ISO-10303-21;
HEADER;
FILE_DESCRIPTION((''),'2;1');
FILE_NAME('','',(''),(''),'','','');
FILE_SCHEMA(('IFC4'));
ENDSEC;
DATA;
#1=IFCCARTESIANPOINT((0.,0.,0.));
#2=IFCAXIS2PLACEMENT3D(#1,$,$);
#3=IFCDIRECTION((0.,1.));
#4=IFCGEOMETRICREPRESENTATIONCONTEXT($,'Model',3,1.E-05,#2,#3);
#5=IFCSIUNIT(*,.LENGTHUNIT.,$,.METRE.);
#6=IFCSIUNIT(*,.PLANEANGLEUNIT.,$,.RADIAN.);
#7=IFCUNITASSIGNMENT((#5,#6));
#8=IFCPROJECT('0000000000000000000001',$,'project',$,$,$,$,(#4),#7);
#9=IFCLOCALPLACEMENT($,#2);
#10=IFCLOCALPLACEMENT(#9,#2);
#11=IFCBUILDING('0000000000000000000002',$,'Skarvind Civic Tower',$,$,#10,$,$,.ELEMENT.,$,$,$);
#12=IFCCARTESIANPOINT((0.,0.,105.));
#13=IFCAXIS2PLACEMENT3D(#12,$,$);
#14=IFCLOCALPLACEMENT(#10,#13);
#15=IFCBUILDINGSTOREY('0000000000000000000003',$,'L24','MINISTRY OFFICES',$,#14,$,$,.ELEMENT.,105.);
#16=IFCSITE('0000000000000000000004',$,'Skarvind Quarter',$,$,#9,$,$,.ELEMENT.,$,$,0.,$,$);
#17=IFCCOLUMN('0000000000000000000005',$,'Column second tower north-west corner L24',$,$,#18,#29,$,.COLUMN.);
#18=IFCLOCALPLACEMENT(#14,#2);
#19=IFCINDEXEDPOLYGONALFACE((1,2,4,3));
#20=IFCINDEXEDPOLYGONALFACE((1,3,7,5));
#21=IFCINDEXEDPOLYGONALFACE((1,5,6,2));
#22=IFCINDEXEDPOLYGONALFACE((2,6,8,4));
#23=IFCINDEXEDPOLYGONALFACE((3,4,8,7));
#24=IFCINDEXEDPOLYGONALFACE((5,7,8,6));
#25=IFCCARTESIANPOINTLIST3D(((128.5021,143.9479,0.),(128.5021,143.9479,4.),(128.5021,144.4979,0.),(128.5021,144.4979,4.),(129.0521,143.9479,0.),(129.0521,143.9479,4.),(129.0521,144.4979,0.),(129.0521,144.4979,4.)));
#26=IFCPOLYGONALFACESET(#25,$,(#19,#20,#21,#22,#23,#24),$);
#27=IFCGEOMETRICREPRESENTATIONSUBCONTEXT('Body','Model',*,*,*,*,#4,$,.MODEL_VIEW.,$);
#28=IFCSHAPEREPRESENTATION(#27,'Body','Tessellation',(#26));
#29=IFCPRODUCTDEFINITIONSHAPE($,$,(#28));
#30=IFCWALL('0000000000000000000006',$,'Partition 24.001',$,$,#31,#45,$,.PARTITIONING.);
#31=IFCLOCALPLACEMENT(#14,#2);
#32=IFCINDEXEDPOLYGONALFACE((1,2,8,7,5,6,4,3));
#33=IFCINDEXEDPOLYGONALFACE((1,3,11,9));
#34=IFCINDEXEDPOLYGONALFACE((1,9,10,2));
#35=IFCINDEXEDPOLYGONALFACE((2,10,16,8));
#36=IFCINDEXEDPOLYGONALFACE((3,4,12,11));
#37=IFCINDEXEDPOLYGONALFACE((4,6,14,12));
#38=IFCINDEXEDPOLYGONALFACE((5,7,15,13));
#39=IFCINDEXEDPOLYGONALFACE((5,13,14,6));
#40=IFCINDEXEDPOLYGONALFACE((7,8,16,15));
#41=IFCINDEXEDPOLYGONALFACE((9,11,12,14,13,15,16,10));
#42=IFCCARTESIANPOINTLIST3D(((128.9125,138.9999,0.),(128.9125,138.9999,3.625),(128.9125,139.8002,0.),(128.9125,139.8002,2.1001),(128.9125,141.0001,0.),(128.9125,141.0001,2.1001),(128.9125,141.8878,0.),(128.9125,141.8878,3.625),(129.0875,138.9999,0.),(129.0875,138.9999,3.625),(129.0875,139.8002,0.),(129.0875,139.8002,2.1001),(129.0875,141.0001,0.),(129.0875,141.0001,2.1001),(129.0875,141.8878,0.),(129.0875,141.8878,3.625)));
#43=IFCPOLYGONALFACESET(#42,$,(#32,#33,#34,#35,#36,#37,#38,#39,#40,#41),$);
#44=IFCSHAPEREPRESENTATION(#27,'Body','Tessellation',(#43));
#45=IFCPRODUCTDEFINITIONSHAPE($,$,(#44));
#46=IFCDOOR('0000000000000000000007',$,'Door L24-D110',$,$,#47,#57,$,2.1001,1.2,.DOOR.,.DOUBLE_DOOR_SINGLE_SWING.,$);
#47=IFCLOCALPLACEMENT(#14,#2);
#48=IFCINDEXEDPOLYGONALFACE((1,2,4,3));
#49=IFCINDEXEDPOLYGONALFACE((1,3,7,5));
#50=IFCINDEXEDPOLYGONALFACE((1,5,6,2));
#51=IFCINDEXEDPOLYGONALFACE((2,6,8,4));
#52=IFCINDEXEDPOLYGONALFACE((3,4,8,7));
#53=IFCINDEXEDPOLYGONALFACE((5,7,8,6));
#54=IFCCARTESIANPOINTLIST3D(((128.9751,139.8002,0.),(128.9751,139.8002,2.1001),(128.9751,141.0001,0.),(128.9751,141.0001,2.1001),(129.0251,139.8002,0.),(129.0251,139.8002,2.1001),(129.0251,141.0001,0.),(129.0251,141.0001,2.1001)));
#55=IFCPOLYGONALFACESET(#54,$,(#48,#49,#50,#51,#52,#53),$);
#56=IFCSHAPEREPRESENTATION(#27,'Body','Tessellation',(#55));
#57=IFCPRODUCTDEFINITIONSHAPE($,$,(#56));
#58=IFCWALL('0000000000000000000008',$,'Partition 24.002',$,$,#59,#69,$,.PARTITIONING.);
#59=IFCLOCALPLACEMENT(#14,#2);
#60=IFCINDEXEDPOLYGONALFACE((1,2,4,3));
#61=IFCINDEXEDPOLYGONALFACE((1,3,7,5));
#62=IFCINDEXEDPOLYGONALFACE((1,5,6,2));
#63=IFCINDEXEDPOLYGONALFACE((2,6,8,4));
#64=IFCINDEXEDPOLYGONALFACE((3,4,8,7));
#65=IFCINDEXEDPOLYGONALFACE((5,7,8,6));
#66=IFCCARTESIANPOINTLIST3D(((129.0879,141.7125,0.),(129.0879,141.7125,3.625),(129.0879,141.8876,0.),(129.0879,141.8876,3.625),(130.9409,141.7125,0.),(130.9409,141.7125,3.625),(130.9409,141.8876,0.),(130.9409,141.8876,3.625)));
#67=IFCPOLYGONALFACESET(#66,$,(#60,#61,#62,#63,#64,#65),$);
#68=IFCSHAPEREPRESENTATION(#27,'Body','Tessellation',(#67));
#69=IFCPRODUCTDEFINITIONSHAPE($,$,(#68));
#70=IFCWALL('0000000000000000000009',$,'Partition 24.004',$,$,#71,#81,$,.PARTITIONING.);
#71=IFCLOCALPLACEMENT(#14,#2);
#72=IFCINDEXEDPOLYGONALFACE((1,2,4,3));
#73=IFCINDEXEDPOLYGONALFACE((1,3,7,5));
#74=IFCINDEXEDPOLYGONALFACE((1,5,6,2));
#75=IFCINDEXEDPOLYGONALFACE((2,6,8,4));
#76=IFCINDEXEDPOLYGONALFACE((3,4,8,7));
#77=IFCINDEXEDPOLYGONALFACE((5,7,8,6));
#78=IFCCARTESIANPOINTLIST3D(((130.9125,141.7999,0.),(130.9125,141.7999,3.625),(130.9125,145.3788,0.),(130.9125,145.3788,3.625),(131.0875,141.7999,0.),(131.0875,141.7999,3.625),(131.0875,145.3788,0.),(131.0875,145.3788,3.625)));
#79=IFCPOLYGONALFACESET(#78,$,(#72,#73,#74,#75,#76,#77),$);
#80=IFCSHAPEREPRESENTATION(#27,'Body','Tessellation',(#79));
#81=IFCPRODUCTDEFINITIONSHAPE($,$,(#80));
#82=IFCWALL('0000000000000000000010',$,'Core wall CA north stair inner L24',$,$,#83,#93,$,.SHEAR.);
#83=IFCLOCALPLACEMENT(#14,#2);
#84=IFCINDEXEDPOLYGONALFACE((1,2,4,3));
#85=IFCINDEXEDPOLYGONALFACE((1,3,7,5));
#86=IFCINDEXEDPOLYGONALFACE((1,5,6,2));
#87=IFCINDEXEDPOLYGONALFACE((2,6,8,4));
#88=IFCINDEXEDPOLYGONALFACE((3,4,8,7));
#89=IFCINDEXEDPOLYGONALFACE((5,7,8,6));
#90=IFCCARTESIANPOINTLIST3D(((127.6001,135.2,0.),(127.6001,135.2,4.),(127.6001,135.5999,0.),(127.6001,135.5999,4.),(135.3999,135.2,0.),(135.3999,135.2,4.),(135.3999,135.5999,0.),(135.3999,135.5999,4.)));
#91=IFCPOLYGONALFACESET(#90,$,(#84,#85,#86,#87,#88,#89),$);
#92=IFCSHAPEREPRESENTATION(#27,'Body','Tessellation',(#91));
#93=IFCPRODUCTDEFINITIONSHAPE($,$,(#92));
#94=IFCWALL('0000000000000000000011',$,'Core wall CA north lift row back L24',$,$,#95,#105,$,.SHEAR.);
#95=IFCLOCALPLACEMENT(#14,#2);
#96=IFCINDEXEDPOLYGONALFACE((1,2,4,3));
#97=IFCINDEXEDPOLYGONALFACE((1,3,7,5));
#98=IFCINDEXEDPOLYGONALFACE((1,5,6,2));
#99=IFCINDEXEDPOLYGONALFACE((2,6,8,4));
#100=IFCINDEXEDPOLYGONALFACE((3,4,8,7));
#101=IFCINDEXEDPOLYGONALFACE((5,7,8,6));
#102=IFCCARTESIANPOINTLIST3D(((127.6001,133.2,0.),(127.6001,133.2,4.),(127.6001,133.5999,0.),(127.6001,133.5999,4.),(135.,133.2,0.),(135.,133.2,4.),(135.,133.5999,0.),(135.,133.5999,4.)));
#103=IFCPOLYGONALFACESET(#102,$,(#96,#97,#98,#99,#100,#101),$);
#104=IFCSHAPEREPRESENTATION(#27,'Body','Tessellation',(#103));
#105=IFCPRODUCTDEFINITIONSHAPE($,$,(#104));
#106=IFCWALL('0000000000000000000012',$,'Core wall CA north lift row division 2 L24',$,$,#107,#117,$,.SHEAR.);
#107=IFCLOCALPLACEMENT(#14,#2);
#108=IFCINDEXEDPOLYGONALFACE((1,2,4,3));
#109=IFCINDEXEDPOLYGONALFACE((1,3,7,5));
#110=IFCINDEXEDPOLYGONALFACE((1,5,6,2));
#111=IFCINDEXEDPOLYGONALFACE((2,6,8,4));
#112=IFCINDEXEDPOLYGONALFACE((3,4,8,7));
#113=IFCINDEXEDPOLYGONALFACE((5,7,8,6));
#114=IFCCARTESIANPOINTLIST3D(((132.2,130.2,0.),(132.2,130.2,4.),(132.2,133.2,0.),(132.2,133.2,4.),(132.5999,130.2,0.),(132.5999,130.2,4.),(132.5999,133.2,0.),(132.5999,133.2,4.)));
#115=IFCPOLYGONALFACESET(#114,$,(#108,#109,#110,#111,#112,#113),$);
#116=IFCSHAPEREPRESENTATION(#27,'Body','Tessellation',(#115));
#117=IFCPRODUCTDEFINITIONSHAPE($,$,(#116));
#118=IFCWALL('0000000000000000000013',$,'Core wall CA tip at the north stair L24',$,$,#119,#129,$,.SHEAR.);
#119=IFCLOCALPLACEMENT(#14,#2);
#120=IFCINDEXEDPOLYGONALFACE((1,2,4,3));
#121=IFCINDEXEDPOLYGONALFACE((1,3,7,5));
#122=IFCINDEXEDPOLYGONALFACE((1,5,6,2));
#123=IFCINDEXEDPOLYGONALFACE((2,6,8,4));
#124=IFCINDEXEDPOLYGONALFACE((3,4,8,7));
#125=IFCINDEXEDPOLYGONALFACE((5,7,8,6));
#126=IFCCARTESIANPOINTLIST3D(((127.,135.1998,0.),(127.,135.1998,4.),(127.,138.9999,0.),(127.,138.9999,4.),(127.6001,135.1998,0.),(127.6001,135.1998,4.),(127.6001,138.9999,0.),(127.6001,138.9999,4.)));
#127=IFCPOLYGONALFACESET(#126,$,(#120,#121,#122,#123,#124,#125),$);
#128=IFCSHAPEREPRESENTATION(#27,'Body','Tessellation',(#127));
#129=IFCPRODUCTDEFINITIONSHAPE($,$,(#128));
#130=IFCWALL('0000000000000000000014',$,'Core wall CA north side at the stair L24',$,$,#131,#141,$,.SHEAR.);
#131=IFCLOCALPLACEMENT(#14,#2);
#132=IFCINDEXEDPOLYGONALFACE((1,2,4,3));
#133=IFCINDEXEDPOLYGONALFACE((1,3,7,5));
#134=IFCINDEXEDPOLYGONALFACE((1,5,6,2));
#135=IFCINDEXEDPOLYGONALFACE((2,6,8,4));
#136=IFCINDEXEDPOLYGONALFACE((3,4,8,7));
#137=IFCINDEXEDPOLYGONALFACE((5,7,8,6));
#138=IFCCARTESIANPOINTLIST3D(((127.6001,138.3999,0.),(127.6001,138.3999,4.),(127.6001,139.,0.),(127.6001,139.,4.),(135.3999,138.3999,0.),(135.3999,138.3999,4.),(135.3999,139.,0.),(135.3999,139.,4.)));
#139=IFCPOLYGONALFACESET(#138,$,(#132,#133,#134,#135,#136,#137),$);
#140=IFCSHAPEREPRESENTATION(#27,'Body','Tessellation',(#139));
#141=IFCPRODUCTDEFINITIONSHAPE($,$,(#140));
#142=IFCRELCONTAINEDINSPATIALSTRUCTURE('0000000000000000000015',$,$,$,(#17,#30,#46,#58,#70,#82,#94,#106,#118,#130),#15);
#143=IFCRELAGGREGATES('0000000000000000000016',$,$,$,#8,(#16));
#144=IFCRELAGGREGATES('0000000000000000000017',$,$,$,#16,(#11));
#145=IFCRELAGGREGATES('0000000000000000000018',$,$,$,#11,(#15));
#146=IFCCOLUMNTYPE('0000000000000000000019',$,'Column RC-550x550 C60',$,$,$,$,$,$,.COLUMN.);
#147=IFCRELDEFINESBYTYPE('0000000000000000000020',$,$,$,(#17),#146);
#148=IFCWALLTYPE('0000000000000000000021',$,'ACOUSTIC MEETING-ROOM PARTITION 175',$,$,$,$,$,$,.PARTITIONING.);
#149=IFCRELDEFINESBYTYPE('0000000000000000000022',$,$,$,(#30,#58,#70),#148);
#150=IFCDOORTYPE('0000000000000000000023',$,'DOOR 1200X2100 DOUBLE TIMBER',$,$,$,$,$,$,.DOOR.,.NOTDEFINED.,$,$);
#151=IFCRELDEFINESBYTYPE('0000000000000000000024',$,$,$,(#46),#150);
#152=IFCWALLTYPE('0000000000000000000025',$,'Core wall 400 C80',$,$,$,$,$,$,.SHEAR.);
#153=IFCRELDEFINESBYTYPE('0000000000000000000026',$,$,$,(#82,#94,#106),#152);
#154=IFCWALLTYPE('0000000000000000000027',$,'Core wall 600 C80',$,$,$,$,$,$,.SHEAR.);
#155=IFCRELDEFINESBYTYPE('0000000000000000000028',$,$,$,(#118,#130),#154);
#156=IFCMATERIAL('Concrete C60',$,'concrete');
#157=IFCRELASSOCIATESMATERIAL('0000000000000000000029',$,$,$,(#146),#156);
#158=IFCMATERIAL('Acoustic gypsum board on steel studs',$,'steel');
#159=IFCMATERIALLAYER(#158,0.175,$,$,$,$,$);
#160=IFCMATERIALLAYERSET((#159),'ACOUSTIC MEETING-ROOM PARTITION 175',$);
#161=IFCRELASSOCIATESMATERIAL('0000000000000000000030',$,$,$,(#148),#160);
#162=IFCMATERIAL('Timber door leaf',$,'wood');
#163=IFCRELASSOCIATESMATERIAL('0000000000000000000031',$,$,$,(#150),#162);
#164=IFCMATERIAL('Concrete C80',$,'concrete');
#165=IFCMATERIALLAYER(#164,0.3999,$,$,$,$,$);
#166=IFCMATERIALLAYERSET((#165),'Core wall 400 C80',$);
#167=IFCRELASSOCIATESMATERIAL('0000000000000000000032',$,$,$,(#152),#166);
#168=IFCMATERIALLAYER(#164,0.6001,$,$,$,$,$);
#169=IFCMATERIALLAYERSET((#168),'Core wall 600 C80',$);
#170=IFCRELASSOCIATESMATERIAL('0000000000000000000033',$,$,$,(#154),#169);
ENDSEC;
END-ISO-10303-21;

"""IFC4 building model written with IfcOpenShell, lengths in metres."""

from ifc_helpers import new_model, si_unit, direction, frame, frame_2d, origin, origin_2d, place, context, subcontext, project, spatial, rectangle, extrude, material, layer, layer_set, material_profile, profile_set, type_object, element, fill, save


model = new_model("IFC4")

# Units and contexts
model_context = context("Model", 3, precision=1e-05, world=origin(), true_north=direction((0.0, 1.0)))
body_context = subcontext(model_context, "Body", "Model", "MODEL_VIEW")
ifc_project = project(units=[si_unit("LENGTHUNIT", "METRE"), si_unit("PLANEANGLEUNIT", "RADIAN")], contexts=[model_context])

# Site, building, storey
site_placement = place(None, origin())
site = spatial("IfcSite", under=ifc_project, at=site_placement, Name="Skarvind Quarter", CompositionType="ELEMENT", RefElevation=0.0)
building_placement = place(site_placement, origin())
building = spatial("IfcBuilding", under=site, at=building_placement, Name="Skarvind Civic Tower", CompositionType="ELEMENT")
storey_placement = place(building_placement, frame((0.0, 0.0, 105.0)))
storey = spatial("IfcBuildingStorey", under=building, at=storey_placement, Name="L24", Description="MINISTRY OFFICES", CompositionType="ELEMENT", Elevation=105.0)

# Column
ifc_material_1 = material(Name="Concrete C60", Category="concrete")
ifc_material_profile = material_profile(ifc_material_1, rectangle(XDim=0.55, YDim=0.55, at=origin_2d()), Name="RC-550x550")
ifc_profile_set = profile_set([ifc_material_profile], Name="Concrete C60")
column_type = type_object("IfcColumnType", Name="Column RC-550x550 C60", PredefinedType="COLUMN", material=ifc_profile_set)
column_placement = place(storey_placement, frame((128.7771, 144.2229, 0.0), z_axis=(0.0, 0.0, 1.0), x_axis=(1.0, 0.0, 0.0)))
element("IfcColumn", 1, at=column_placement, inside=storey, type_object=column_type, Name="Column second tower north-west corner L24", PredefinedType="COLUMN", context=body_context, shape_type="SweptSolid", body=[
    extrude(rectangle(XDim=0.55, YDim=0.55, at=origin_2d()), origin(), (0.0, 0.0, 1.0), 4.0),
])

# Wall, opening, door
ifc_material_2 = material(Name="Acoustic gypsum board on steel studs", Category="steel")
ifc_layer_1 = layer(ifc_material_2, 0.175)
ifc_layer_set_1 = layer_set([ifc_layer_1], Name="ACOUSTIC MEETING-ROOM PARTITION 175")
wall_type_1 = type_object("IfcWallType", Name="ACOUSTIC MEETING-ROOM PARTITION 175", PredefinedType="PARTITIONING", material=ifc_layer_set_1)
wall_1_placement = place(storey_placement, frame((129.0, 139.0, 0.0), z_axis=(0.0, 0.0, 1.0), x_axis=(0.0, 1.0, 0.0)))
wall_1 = element("IfcWall", 2, at=wall_1_placement, inside=storey, type_object=wall_type_1, Name="Partition 24.001", PredefinedType="PARTITIONING", context=body_context, shape_type="SweptSolid", body=[
    extrude(rectangle(XDim=2.8879, YDim=0.175, at=frame_2d((1.4438, 0.0))), origin(), (0.0, 0.0, 1.0), 3.625),
])
opening_1_placement = place(wall_1_placement, frame((0.8, 0.0, 0.0)))
opening_1 = element("IfcOpeningElement", 3, at=opening_1_placement, cuts=wall_1, PredefinedType="OPENING", context=body_context, shape_type="SweptSolid", body=[
    extrude(rectangle(XDim=1.2, YDim=2.1001, at=frame_2d((0.6001, 1.05))), frame((0.0, 0.0974, 0.0), z_axis=(0.0, -1.0, 0.0), x_axis=(1.0, 0.0, 0.0)), (0.0, 0.0, 1.0), 0.1951),
])
ifc_material_3 = material(Name="Timber door leaf", Category="wood")
door_type_1 = type_object("IfcDoorType", Name="DOOR 1200X2100 DOUBLE TIMBER", OperationType="NOTDEFINED", PredefinedType="DOOR", material=ifc_material_3)
door_1_placement = place(opening_1_placement, origin())
door_1 = element("IfcDoor", 4, at=door_1_placement, inside=storey, type_object=door_type_1, Name="Door L24-D110", OperationType="DOUBLE_DOOR_SINGLE_SWING", OverallHeight=2.1001, OverallWidth=1.2, PredefinedType="DOOR", context=body_context, shape_type="SweptSolid", body=[
    extrude(rectangle(XDim=1.2, YDim=2.1001, at=frame_2d((0.6001, 1.05))), frame((0.0, 0.0249, 0.0), z_axis=(0.0, -1.0, 0.0), x_axis=(1.0, 0.0, 0.0)), (0.0, 0.0, 1.0), 0.05),
])
fill(opening_1, door_1)

# Walls
wall_2_placement = place(storey_placement, frame((129.0879, 141.8, 0.0), z_axis=(0.0, 0.0, 1.0), x_axis=(1.0, 0.0, 0.0)))
element("IfcWall", 5, at=wall_2_placement, inside=storey, type_object=wall_type_1, Name="Partition 24.002", PredefinedType="PARTITIONING", context=body_context, shape_type="SweptSolid", body=[
    extrude(rectangle(XDim=1.853, YDim=0.175, at=frame_2d((0.9265, 0.0))), origin(), (0.0, 0.0, 1.0), 3.625),
])
wall_3_placement = place(storey_placement, frame((131.0, 145.3789, 0.0), z_axis=(0.0, 0.0, 1.0), x_axis=(0.0, -1.0, 0.0)))
element("IfcWall", 6, at=wall_3_placement, inside=storey, type_object=wall_type_1, Name="Partition 24.004", PredefinedType="PARTITIONING", context=body_context, shape_type="SweptSolid", body=[
    extrude(rectangle(XDim=3.5789, YDim=0.175, at=frame_2d((1.7896, 0.0))), origin(), (0.0, 0.0, 1.0), 3.625),
])
ifc_material_4 = material(Name="Concrete C80", Category="concrete")
ifc_layer_2 = layer(ifc_material_4, 0.3999)
ifc_layer_set_2 = layer_set([ifc_layer_2], Name="Core wall 400 C80")
wall_type_2 = type_object("IfcWallType", Name="Core wall 400 C80", PredefinedType="SHEAR", material=ifc_layer_set_2)
wall_4_placement = place(storey_placement, frame((127.6001, 135.3999, 0.0), z_axis=(0.0, 0.0, 1.0), x_axis=(1.0, 0.0, 0.0)))
element("IfcWall", 7, at=wall_4_placement, inside=storey, type_object=wall_type_2, Name="Core wall CA north stair inner L24", PredefinedType="SHEAR", context=body_context, shape_type="SweptSolid", body=[
    extrude(rectangle(XDim=7.7998, YDim=0.3999, at=frame_2d((3.8999, 0.0))), origin(), (0.0, 0.0, 1.0), 4.0),
])
wall_5_placement = place(storey_placement, frame((127.6001, 133.3999, 0.0), z_axis=(0.0, 0.0, 1.0), x_axis=(1.0, 0.0, 0.0)))
element("IfcWall", 8, at=wall_5_placement, inside=storey, type_object=wall_type_2, Name="Core wall CA north lift row back L24", PredefinedType="SHEAR", context=body_context, shape_type="SweptSolid", body=[
    extrude(rectangle(XDim=7.3999, YDim=0.3999, at=frame_2d((3.7, 0.0))), origin(), (0.0, 0.0, 1.0), 4.0),
])
wall_6_placement = place(storey_placement, frame((132.3999, 130.2, 0.0), z_axis=(0.0, 0.0, 1.0), x_axis=(0.0, 1.0, 0.0)))
element("IfcWall", 9, at=wall_6_placement, inside=storey, type_object=wall_type_2, Name="Core wall CA north lift row division 2 L24", PredefinedType="SHEAR", context=body_context, shape_type="SweptSolid", body=[
    extrude(rectangle(XDim=3.0, YDim=0.3999, at=frame_2d((1.5, 0.0))), origin(), (0.0, 0.0, 1.0), 4.0),
])
ifc_layer_3 = layer(ifc_material_4, 0.6001)
ifc_layer_set_3 = layer_set([ifc_layer_3], Name="Core wall 600 C80")
wall_type_3 = type_object("IfcWallType", Name="Core wall 600 C80", PredefinedType="SHEAR", material=ifc_layer_set_3)
wall_7_placement = place(storey_placement, frame((127.3, 135.2, 0.0), z_axis=(0.0, 0.0, 1.0), x_axis=(0.0, 1.0, 0.0)))
element("IfcWall", 10, at=wall_7_placement, inside=storey, type_object=wall_type_3, Name="Core wall CA tip at the north stair L24", PredefinedType="SHEAR", context=body_context, shape_type="SweptSolid", body=[
    extrude(rectangle(XDim=3.8, YDim=0.6001, at=frame_2d((1.8999, 0.0))), origin(), (0.0, 0.0, 1.0), 4.0),
])
wall_8_placement = place(storey_placement, frame((127.6001, 138.7, 0.0), z_axis=(0.0, 0.0, 1.0), x_axis=(1.0, 0.0, 0.0)))
element("IfcWall", 11, at=wall_8_placement, inside=storey, type_object=wall_type_3, Name="Core wall CA north side at the stair L24", PredefinedType="SHEAR", context=body_context, shape_type="SweptSolid", body=[
    extrude(rectangle(XDim=7.7998, YDim=0.6001, at=frame_2d((3.8999, 0.0))), origin(), (0.0, 0.0, 1.0), 4.0),
])

save(model, "model.ifc")
